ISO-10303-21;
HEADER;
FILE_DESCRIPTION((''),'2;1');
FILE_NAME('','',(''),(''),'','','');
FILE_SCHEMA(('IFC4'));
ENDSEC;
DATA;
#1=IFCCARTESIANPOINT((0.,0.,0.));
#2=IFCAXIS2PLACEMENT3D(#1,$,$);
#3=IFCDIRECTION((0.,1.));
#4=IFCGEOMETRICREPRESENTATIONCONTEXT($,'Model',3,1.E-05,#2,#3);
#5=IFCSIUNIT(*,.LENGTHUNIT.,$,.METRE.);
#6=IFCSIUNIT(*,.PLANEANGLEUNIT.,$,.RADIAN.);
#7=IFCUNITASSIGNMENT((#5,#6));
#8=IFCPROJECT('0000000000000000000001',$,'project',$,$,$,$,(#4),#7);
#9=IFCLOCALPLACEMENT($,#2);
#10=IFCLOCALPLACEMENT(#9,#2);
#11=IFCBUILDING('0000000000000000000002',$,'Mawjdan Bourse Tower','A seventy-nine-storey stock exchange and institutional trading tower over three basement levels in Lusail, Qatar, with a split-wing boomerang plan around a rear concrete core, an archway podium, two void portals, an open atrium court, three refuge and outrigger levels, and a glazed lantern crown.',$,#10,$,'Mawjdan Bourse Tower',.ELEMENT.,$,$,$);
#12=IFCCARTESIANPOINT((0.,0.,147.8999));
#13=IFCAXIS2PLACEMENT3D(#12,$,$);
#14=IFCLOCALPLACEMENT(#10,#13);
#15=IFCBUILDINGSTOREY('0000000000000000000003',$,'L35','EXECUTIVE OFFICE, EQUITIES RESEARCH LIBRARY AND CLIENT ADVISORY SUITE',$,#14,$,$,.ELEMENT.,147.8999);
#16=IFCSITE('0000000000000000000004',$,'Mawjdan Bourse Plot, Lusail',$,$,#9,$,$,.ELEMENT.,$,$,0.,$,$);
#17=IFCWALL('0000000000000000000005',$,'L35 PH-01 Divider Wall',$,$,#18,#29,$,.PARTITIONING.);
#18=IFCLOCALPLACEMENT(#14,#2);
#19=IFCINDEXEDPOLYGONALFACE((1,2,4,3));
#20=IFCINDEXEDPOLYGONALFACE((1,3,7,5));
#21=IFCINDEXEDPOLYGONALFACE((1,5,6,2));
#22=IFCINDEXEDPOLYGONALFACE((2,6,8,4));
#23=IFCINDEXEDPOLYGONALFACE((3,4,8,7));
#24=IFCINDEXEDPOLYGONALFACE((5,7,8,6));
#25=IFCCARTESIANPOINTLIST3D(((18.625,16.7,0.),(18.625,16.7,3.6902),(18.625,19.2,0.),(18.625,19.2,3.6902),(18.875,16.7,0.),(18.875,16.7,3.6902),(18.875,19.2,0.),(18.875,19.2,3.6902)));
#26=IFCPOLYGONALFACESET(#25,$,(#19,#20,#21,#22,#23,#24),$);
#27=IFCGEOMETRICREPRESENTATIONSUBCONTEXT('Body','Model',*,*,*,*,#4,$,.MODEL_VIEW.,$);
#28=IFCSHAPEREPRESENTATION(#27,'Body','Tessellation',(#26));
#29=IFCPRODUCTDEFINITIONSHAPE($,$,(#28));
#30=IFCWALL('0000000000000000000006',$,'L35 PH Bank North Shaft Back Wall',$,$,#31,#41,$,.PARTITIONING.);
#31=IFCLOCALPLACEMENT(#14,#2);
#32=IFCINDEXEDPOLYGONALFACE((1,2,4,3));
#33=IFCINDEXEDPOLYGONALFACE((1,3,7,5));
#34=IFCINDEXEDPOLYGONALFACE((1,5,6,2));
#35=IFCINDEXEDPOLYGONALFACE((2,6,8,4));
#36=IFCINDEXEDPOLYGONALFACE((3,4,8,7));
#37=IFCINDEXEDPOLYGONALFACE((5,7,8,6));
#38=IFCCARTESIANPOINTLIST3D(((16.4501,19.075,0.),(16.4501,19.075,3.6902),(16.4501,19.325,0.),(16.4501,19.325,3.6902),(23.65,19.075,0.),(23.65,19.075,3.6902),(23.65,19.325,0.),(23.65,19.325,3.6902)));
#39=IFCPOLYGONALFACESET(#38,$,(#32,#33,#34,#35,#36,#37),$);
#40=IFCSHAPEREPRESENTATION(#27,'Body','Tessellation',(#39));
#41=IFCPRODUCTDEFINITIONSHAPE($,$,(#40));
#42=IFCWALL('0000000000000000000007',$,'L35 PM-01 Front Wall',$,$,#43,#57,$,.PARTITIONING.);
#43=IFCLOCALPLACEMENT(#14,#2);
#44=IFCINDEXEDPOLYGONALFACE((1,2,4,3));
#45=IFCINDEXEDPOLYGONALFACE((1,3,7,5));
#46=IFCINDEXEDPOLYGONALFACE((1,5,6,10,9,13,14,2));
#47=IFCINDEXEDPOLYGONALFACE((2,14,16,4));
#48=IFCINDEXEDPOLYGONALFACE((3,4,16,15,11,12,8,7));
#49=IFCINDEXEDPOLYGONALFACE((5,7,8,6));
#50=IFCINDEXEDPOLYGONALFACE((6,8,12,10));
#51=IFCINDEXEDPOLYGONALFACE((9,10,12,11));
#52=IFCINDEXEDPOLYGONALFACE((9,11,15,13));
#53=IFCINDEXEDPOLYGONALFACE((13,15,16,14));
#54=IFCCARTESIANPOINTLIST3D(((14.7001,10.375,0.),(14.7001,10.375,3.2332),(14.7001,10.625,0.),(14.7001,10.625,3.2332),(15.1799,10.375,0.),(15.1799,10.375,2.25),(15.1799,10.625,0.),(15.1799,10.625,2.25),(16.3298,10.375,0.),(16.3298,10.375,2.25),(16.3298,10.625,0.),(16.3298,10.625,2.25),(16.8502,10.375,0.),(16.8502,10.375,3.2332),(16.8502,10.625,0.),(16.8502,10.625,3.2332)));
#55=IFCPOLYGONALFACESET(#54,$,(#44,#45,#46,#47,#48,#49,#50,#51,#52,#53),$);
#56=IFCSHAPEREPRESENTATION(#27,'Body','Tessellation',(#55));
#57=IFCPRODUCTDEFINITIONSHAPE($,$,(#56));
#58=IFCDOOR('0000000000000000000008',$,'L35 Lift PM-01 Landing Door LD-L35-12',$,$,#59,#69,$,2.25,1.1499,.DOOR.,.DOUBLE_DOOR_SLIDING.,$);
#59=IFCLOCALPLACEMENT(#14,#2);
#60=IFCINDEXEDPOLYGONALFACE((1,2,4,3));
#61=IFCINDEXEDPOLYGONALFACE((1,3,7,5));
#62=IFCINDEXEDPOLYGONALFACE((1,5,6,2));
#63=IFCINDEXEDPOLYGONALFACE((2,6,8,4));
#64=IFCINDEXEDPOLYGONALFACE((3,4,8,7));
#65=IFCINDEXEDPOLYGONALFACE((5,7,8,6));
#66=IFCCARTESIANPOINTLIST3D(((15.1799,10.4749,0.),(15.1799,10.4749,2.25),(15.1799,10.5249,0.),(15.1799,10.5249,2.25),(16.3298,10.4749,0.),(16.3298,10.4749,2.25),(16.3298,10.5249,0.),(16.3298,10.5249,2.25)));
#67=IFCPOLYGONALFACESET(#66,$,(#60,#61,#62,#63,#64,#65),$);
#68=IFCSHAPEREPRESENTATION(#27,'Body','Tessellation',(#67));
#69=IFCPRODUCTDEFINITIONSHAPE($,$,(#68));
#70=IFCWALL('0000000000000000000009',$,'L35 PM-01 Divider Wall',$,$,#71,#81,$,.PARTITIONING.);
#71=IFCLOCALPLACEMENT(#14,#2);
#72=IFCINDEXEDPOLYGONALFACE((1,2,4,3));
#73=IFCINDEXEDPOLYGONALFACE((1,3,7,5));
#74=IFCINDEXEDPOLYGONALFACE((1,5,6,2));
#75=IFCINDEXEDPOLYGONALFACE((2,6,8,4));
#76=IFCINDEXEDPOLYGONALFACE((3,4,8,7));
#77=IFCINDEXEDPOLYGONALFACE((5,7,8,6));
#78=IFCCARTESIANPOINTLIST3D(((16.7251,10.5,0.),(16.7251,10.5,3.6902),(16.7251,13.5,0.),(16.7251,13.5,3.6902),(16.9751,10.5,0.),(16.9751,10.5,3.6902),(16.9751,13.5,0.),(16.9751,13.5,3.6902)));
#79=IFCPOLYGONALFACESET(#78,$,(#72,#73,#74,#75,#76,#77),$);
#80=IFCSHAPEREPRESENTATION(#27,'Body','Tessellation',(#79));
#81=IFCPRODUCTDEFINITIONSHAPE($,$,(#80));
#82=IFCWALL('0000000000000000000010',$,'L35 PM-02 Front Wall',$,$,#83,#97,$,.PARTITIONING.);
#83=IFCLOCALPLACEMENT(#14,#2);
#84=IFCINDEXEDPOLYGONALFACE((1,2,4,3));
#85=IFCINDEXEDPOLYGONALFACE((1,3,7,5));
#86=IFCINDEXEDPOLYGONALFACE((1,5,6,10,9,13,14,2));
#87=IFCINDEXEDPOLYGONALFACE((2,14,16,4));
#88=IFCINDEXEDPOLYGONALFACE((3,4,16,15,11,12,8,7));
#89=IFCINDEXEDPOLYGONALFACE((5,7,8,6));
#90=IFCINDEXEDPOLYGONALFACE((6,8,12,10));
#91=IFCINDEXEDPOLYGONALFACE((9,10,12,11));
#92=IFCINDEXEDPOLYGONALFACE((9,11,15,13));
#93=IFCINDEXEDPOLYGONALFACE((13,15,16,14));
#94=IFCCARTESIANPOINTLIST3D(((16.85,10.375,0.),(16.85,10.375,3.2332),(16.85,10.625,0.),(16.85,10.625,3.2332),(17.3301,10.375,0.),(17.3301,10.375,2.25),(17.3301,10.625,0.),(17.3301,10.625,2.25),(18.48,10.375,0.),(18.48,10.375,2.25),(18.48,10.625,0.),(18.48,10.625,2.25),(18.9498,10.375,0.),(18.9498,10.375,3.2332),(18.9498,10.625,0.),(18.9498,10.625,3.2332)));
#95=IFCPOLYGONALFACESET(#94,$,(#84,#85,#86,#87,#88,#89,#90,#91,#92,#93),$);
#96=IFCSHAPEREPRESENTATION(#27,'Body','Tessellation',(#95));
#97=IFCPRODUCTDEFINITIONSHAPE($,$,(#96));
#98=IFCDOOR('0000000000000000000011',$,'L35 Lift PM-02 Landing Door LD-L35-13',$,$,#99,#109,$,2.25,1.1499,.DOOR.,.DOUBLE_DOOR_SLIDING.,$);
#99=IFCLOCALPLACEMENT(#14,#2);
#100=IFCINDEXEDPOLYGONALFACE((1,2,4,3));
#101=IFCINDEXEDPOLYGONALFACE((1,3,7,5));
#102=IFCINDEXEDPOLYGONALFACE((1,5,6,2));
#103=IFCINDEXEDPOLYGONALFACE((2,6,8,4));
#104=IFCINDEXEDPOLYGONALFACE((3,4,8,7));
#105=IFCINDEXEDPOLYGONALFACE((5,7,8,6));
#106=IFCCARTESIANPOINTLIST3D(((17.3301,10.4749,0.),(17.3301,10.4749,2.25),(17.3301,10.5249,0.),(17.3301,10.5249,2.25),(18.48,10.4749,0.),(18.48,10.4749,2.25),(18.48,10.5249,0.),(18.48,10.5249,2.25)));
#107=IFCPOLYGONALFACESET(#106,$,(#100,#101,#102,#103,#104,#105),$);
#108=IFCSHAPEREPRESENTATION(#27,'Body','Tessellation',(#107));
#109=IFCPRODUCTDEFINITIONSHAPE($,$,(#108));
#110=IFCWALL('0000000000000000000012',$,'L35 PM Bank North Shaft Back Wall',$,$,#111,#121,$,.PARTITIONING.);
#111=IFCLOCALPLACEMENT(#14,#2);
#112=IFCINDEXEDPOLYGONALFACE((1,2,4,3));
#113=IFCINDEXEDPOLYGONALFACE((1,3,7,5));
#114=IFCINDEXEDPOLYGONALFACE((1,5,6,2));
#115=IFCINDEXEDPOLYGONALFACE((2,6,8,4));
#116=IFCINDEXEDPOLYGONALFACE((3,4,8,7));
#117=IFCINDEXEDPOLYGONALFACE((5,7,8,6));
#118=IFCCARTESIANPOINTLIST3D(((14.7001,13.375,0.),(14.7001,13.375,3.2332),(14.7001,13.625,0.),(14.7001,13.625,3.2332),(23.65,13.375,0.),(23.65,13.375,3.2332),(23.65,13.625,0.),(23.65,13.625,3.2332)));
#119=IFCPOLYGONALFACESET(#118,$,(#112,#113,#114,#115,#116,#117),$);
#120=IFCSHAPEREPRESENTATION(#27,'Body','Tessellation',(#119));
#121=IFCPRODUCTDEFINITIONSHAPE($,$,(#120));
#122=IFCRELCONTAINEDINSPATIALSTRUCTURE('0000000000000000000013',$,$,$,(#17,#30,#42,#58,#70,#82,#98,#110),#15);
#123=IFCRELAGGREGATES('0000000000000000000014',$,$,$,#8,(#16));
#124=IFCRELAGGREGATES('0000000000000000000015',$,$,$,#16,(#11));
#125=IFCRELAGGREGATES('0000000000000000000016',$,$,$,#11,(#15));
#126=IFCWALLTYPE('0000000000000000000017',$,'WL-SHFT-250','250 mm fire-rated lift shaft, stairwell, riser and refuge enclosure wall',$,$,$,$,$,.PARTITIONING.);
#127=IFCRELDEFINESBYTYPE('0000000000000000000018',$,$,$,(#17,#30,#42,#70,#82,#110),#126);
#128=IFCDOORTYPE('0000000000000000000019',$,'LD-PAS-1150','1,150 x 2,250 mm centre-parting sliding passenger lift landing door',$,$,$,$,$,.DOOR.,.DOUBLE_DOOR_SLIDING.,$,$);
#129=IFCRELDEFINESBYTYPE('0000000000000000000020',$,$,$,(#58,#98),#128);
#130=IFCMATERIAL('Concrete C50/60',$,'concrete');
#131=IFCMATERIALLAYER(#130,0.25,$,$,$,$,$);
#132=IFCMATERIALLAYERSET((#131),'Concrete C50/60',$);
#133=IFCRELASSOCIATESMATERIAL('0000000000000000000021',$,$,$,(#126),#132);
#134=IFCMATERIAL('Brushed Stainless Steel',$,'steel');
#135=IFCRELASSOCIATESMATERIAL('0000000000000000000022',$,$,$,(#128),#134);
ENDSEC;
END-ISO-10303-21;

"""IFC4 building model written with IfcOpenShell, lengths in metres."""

from ifc_helpers import new_model, si_unit, direction, frame, frame_2d, origin, place, context, subcontext, project, spatial, rectangle, extrude, material, layer, layer_set, type_object, element, fill, save


model = new_model("IFC4")

# Units and contexts
model_context = context("Model", 3, precision=1e-05, world=origin(), true_north=direction((0.0, 1.0)))
body_context = subcontext(model_context, "Body", "Model", "MODEL_VIEW")
ifc_project = project(units=[si_unit("LENGTHUNIT", "METRE"), si_unit("PLANEANGLEUNIT", "RADIAN")], contexts=[model_context])

# Site, building, storey
site_placement = place(None, origin())
site = spatial("IfcSite", under=ifc_project, at=site_placement, Name="Mawjdan Bourse Plot, Lusail", CompositionType="ELEMENT", RefElevation=0.0)
building_placement = place(site_placement, origin())
building = spatial("IfcBuilding", under=site, at=building_placement, Name="Mawjdan Bourse Tower", Description="A seventy-nine-storey stock exchange and institutional trading tower over three basement levels in Lusail, Qatar, with a split-wing boomerang plan around a rear concrete core, an archway podium, two void portals, an open atrium court, three refuge and outrigger levels, and a glazed lantern crown.", LongName="Mawjdan Bourse Tower", CompositionType="ELEMENT")
storey_placement = place(building_placement, frame((0.0, 0.0, 147.8999)))
storey = spatial("IfcBuildingStorey", under=building, at=storey_placement, Name="L35", Description="EXECUTIVE OFFICE, EQUITIES RESEARCH LIBRARY AND CLIENT ADVISORY SUITE", CompositionType="ELEMENT", Elevation=147.8999)

# Shared definitions
ifc_material_1 = material(Name="Concrete C50/60", Category="concrete")
ifc_layer_1 = layer(ifc_material_1, 0.25)
ifc_layer_set_1 = layer_set([ifc_layer_1], Name="Concrete C50/60")
wall_type_1 = type_object("IfcWallType", Name="WL-SHFT-250", Description="250 mm fire-rated lift shaft, stairwell, riser and refuge enclosure wall", PredefinedType="PARTITIONING", material=ifc_layer_set_1)
ifc_material_2 = material(Name="Brushed Stainless Steel", Category="steel")

# Walls
wall_1_placement = place(storey_placement, frame((18.75, 16.7, 0.0), z_axis=(0.0, 0.0, 1.0), x_axis=(0.0, 1.0, 0.0)))
element("IfcWall", 1, at=wall_1_placement, inside=storey, type_object=wall_type_1, Name="L35 PH-01 Divider Wall", PredefinedType="PARTITIONING", context=body_context, shape_type="SweptSolid", body=[
    extrude(rectangle(XDim=2.5, YDim=0.25, at=frame_2d((1.25, 0.0))), origin(), (0.0, 0.0, 1.0), 3.6902),
])
wall_2_placement = place(storey_placement, frame((16.45, 19.2, 0.0), z_axis=(0.0, 0.0, 1.0), x_axis=(1.0, 0.0, 0.0)))
element("IfcWall", 2, at=wall_2_placement, inside=storey, type_object=wall_type_1, Name="L35 PH Bank North Shaft Back Wall", PredefinedType="PARTITIONING", context=body_context, shape_type="SweptSolid", body=[
    extrude(rectangle(XDim=7.2, YDim=0.25, at=frame_2d((3.6001, 0.0))), origin(), (0.0, 0.0, 1.0), 3.6902),
])

# Wall, opening, door
wall_3_placement = place(storey_placement, frame((14.7, 10.5, 0.0), z_axis=(0.0, 0.0, 1.0), x_axis=(1.0, 0.0, 0.0)))
wall_3 = element("IfcWall", 3, at=wall_3_placement, inside=storey, type_object=wall_type_1, Name="L35 PM-01 Front Wall", PredefinedType="PARTITIONING", context=body_context, shape_type="SweptSolid", body=[
    extrude(rectangle(XDim=2.1501, YDim=0.25, at=frame_2d((1.0752, 0.0))), origin(), (0.0, 0.0, 1.0), 3.2332),
])
opening_1_placement = place(wall_3_placement, frame((0.48, 0.0, 0.0)))
opening_1 = element("IfcOpeningElement", 4, at=opening_1_placement, cuts=wall_3, PredefinedType="OPENING", context=body_context, shape_type="SweptSolid", body=[
    extrude(rectangle(XDim=1.1499, YDim=2.25, at=frame_2d((0.575, 1.125))), frame((0.0, 0.135, 0.0), z_axis=(0.0, -1.0, 0.0), x_axis=(1.0, 0.0, 0.0)), (0.0, 0.0, 1.0), 0.27),
])
door_type_1 = type_object("IfcDoorType", Name="LD-PAS-1150", Description="1,150 x 2,250 mm centre-parting sliding passenger lift landing door", OperationType="DOUBLE_DOOR_SLIDING", PredefinedType="DOOR", material=ifc_material_2)
door_1_placement = place(opening_1_placement, origin())
door_1 = element("IfcDoor", 5, at=door_1_placement, inside=storey, type_object=door_type_1, Name="L35 Lift PM-01 Landing Door LD-L35-12", OperationType="DOUBLE_DOOR_SLIDING", OverallHeight=2.25, OverallWidth=1.1499, PredefinedType="DOOR", context=body_context, shape_type="SweptSolid", body=[
    extrude(rectangle(XDim=1.1499, YDim=2.25, at=frame_2d((0.575, 1.125))), frame((0.0, 0.0249, 0.0), z_axis=(0.0, -1.0, 0.0), x_axis=(1.0, 0.0, 0.0)), (0.0, 0.0, 1.0), 0.05),
])
fill(opening_1, door_1)

# Wall
wall_4_placement = place(storey_placement, frame((16.8501, 10.5, 0.0), z_axis=(0.0, 0.0, 1.0), x_axis=(0.0, 1.0, 0.0)))
element("IfcWall", 6, at=wall_4_placement, inside=storey, type_object=wall_type_1, Name="L35 PM-01 Divider Wall", PredefinedType="PARTITIONING", context=body_context, shape_type="SweptSolid", body=[
    extrude(rectangle(XDim=3.0, YDim=0.25, at=frame_2d((1.5, 0.0))), origin(), (0.0, 0.0, 1.0), 3.6902),
])

# Wall, opening, door
wall_5_placement = place(storey_placement, frame((16.8501, 10.5, 0.0), z_axis=(0.0, 0.0, 1.0), x_axis=(1.0, 0.0, 0.0)))
wall_5 = element("IfcWall", 7, at=wall_5_placement, inside=storey, type_object=wall_type_1, Name="L35 PM-02 Front Wall", PredefinedType="PARTITIONING", context=body_context, shape_type="SweptSolid", body=[
    extrude(rectangle(XDim=2.0999, YDim=0.25, at=frame_2d((1.0498, 0.0))), origin(), (0.0, 0.0, 1.0), 3.2332),
])
opening_2_placement = place(wall_5_placement, frame((0.48, 0.0, 0.0)))
opening_2 = element("IfcOpeningElement", 8, at=opening_2_placement, cuts=wall_5, PredefinedType="OPENING", context=body_context, shape_type="SweptSolid", body=[
    extrude(rectangle(XDim=1.1499, YDim=2.25, at=frame_2d((0.575, 1.125))), frame((0.0, 0.135, 0.0), z_axis=(0.0, -1.0, 0.0), x_axis=(1.0, 0.0, 0.0)), (0.0, 0.0, 1.0), 0.27),
])
door_2_placement = place(opening_2_placement, origin())
door_2 = element("IfcDoor", 9, at=door_2_placement, inside=storey, type_object=door_type_1, Name="L35 Lift PM-02 Landing Door LD-L35-13", OperationType="DOUBLE_DOOR_SLIDING", OverallHeight=2.25, OverallWidth=1.1499, PredefinedType="DOOR", context=body_context, shape_type="SweptSolid", body=[
    extrude(rectangle(XDim=1.1499, YDim=2.25, at=frame_2d((0.575, 1.125))), frame((0.0, 0.0249, 0.0), z_axis=(0.0, -1.0, 0.0), x_axis=(1.0, 0.0, 0.0)), (0.0, 0.0, 1.0), 0.05),
])
fill(opening_2, door_2)

# Wall
wall_6_placement = place(storey_placement, frame((14.7, 13.5, 0.0), z_axis=(0.0, 0.0, 1.0), x_axis=(1.0, 0.0, 0.0)))
element("IfcWall", 10, at=wall_6_placement, inside=storey, type_object=wall_type_1, Name="L35 PM Bank North Shaft Back Wall", PredefinedType="PARTITIONING", context=body_context, shape_type="SweptSolid", body=[
    extrude(rectangle(XDim=8.95, YDim=0.25, at=frame_2d((4.4751, 0.0))), origin(), (0.0, 0.0, 1.0), 3.2332),
])

save(model, "model.ifc")
